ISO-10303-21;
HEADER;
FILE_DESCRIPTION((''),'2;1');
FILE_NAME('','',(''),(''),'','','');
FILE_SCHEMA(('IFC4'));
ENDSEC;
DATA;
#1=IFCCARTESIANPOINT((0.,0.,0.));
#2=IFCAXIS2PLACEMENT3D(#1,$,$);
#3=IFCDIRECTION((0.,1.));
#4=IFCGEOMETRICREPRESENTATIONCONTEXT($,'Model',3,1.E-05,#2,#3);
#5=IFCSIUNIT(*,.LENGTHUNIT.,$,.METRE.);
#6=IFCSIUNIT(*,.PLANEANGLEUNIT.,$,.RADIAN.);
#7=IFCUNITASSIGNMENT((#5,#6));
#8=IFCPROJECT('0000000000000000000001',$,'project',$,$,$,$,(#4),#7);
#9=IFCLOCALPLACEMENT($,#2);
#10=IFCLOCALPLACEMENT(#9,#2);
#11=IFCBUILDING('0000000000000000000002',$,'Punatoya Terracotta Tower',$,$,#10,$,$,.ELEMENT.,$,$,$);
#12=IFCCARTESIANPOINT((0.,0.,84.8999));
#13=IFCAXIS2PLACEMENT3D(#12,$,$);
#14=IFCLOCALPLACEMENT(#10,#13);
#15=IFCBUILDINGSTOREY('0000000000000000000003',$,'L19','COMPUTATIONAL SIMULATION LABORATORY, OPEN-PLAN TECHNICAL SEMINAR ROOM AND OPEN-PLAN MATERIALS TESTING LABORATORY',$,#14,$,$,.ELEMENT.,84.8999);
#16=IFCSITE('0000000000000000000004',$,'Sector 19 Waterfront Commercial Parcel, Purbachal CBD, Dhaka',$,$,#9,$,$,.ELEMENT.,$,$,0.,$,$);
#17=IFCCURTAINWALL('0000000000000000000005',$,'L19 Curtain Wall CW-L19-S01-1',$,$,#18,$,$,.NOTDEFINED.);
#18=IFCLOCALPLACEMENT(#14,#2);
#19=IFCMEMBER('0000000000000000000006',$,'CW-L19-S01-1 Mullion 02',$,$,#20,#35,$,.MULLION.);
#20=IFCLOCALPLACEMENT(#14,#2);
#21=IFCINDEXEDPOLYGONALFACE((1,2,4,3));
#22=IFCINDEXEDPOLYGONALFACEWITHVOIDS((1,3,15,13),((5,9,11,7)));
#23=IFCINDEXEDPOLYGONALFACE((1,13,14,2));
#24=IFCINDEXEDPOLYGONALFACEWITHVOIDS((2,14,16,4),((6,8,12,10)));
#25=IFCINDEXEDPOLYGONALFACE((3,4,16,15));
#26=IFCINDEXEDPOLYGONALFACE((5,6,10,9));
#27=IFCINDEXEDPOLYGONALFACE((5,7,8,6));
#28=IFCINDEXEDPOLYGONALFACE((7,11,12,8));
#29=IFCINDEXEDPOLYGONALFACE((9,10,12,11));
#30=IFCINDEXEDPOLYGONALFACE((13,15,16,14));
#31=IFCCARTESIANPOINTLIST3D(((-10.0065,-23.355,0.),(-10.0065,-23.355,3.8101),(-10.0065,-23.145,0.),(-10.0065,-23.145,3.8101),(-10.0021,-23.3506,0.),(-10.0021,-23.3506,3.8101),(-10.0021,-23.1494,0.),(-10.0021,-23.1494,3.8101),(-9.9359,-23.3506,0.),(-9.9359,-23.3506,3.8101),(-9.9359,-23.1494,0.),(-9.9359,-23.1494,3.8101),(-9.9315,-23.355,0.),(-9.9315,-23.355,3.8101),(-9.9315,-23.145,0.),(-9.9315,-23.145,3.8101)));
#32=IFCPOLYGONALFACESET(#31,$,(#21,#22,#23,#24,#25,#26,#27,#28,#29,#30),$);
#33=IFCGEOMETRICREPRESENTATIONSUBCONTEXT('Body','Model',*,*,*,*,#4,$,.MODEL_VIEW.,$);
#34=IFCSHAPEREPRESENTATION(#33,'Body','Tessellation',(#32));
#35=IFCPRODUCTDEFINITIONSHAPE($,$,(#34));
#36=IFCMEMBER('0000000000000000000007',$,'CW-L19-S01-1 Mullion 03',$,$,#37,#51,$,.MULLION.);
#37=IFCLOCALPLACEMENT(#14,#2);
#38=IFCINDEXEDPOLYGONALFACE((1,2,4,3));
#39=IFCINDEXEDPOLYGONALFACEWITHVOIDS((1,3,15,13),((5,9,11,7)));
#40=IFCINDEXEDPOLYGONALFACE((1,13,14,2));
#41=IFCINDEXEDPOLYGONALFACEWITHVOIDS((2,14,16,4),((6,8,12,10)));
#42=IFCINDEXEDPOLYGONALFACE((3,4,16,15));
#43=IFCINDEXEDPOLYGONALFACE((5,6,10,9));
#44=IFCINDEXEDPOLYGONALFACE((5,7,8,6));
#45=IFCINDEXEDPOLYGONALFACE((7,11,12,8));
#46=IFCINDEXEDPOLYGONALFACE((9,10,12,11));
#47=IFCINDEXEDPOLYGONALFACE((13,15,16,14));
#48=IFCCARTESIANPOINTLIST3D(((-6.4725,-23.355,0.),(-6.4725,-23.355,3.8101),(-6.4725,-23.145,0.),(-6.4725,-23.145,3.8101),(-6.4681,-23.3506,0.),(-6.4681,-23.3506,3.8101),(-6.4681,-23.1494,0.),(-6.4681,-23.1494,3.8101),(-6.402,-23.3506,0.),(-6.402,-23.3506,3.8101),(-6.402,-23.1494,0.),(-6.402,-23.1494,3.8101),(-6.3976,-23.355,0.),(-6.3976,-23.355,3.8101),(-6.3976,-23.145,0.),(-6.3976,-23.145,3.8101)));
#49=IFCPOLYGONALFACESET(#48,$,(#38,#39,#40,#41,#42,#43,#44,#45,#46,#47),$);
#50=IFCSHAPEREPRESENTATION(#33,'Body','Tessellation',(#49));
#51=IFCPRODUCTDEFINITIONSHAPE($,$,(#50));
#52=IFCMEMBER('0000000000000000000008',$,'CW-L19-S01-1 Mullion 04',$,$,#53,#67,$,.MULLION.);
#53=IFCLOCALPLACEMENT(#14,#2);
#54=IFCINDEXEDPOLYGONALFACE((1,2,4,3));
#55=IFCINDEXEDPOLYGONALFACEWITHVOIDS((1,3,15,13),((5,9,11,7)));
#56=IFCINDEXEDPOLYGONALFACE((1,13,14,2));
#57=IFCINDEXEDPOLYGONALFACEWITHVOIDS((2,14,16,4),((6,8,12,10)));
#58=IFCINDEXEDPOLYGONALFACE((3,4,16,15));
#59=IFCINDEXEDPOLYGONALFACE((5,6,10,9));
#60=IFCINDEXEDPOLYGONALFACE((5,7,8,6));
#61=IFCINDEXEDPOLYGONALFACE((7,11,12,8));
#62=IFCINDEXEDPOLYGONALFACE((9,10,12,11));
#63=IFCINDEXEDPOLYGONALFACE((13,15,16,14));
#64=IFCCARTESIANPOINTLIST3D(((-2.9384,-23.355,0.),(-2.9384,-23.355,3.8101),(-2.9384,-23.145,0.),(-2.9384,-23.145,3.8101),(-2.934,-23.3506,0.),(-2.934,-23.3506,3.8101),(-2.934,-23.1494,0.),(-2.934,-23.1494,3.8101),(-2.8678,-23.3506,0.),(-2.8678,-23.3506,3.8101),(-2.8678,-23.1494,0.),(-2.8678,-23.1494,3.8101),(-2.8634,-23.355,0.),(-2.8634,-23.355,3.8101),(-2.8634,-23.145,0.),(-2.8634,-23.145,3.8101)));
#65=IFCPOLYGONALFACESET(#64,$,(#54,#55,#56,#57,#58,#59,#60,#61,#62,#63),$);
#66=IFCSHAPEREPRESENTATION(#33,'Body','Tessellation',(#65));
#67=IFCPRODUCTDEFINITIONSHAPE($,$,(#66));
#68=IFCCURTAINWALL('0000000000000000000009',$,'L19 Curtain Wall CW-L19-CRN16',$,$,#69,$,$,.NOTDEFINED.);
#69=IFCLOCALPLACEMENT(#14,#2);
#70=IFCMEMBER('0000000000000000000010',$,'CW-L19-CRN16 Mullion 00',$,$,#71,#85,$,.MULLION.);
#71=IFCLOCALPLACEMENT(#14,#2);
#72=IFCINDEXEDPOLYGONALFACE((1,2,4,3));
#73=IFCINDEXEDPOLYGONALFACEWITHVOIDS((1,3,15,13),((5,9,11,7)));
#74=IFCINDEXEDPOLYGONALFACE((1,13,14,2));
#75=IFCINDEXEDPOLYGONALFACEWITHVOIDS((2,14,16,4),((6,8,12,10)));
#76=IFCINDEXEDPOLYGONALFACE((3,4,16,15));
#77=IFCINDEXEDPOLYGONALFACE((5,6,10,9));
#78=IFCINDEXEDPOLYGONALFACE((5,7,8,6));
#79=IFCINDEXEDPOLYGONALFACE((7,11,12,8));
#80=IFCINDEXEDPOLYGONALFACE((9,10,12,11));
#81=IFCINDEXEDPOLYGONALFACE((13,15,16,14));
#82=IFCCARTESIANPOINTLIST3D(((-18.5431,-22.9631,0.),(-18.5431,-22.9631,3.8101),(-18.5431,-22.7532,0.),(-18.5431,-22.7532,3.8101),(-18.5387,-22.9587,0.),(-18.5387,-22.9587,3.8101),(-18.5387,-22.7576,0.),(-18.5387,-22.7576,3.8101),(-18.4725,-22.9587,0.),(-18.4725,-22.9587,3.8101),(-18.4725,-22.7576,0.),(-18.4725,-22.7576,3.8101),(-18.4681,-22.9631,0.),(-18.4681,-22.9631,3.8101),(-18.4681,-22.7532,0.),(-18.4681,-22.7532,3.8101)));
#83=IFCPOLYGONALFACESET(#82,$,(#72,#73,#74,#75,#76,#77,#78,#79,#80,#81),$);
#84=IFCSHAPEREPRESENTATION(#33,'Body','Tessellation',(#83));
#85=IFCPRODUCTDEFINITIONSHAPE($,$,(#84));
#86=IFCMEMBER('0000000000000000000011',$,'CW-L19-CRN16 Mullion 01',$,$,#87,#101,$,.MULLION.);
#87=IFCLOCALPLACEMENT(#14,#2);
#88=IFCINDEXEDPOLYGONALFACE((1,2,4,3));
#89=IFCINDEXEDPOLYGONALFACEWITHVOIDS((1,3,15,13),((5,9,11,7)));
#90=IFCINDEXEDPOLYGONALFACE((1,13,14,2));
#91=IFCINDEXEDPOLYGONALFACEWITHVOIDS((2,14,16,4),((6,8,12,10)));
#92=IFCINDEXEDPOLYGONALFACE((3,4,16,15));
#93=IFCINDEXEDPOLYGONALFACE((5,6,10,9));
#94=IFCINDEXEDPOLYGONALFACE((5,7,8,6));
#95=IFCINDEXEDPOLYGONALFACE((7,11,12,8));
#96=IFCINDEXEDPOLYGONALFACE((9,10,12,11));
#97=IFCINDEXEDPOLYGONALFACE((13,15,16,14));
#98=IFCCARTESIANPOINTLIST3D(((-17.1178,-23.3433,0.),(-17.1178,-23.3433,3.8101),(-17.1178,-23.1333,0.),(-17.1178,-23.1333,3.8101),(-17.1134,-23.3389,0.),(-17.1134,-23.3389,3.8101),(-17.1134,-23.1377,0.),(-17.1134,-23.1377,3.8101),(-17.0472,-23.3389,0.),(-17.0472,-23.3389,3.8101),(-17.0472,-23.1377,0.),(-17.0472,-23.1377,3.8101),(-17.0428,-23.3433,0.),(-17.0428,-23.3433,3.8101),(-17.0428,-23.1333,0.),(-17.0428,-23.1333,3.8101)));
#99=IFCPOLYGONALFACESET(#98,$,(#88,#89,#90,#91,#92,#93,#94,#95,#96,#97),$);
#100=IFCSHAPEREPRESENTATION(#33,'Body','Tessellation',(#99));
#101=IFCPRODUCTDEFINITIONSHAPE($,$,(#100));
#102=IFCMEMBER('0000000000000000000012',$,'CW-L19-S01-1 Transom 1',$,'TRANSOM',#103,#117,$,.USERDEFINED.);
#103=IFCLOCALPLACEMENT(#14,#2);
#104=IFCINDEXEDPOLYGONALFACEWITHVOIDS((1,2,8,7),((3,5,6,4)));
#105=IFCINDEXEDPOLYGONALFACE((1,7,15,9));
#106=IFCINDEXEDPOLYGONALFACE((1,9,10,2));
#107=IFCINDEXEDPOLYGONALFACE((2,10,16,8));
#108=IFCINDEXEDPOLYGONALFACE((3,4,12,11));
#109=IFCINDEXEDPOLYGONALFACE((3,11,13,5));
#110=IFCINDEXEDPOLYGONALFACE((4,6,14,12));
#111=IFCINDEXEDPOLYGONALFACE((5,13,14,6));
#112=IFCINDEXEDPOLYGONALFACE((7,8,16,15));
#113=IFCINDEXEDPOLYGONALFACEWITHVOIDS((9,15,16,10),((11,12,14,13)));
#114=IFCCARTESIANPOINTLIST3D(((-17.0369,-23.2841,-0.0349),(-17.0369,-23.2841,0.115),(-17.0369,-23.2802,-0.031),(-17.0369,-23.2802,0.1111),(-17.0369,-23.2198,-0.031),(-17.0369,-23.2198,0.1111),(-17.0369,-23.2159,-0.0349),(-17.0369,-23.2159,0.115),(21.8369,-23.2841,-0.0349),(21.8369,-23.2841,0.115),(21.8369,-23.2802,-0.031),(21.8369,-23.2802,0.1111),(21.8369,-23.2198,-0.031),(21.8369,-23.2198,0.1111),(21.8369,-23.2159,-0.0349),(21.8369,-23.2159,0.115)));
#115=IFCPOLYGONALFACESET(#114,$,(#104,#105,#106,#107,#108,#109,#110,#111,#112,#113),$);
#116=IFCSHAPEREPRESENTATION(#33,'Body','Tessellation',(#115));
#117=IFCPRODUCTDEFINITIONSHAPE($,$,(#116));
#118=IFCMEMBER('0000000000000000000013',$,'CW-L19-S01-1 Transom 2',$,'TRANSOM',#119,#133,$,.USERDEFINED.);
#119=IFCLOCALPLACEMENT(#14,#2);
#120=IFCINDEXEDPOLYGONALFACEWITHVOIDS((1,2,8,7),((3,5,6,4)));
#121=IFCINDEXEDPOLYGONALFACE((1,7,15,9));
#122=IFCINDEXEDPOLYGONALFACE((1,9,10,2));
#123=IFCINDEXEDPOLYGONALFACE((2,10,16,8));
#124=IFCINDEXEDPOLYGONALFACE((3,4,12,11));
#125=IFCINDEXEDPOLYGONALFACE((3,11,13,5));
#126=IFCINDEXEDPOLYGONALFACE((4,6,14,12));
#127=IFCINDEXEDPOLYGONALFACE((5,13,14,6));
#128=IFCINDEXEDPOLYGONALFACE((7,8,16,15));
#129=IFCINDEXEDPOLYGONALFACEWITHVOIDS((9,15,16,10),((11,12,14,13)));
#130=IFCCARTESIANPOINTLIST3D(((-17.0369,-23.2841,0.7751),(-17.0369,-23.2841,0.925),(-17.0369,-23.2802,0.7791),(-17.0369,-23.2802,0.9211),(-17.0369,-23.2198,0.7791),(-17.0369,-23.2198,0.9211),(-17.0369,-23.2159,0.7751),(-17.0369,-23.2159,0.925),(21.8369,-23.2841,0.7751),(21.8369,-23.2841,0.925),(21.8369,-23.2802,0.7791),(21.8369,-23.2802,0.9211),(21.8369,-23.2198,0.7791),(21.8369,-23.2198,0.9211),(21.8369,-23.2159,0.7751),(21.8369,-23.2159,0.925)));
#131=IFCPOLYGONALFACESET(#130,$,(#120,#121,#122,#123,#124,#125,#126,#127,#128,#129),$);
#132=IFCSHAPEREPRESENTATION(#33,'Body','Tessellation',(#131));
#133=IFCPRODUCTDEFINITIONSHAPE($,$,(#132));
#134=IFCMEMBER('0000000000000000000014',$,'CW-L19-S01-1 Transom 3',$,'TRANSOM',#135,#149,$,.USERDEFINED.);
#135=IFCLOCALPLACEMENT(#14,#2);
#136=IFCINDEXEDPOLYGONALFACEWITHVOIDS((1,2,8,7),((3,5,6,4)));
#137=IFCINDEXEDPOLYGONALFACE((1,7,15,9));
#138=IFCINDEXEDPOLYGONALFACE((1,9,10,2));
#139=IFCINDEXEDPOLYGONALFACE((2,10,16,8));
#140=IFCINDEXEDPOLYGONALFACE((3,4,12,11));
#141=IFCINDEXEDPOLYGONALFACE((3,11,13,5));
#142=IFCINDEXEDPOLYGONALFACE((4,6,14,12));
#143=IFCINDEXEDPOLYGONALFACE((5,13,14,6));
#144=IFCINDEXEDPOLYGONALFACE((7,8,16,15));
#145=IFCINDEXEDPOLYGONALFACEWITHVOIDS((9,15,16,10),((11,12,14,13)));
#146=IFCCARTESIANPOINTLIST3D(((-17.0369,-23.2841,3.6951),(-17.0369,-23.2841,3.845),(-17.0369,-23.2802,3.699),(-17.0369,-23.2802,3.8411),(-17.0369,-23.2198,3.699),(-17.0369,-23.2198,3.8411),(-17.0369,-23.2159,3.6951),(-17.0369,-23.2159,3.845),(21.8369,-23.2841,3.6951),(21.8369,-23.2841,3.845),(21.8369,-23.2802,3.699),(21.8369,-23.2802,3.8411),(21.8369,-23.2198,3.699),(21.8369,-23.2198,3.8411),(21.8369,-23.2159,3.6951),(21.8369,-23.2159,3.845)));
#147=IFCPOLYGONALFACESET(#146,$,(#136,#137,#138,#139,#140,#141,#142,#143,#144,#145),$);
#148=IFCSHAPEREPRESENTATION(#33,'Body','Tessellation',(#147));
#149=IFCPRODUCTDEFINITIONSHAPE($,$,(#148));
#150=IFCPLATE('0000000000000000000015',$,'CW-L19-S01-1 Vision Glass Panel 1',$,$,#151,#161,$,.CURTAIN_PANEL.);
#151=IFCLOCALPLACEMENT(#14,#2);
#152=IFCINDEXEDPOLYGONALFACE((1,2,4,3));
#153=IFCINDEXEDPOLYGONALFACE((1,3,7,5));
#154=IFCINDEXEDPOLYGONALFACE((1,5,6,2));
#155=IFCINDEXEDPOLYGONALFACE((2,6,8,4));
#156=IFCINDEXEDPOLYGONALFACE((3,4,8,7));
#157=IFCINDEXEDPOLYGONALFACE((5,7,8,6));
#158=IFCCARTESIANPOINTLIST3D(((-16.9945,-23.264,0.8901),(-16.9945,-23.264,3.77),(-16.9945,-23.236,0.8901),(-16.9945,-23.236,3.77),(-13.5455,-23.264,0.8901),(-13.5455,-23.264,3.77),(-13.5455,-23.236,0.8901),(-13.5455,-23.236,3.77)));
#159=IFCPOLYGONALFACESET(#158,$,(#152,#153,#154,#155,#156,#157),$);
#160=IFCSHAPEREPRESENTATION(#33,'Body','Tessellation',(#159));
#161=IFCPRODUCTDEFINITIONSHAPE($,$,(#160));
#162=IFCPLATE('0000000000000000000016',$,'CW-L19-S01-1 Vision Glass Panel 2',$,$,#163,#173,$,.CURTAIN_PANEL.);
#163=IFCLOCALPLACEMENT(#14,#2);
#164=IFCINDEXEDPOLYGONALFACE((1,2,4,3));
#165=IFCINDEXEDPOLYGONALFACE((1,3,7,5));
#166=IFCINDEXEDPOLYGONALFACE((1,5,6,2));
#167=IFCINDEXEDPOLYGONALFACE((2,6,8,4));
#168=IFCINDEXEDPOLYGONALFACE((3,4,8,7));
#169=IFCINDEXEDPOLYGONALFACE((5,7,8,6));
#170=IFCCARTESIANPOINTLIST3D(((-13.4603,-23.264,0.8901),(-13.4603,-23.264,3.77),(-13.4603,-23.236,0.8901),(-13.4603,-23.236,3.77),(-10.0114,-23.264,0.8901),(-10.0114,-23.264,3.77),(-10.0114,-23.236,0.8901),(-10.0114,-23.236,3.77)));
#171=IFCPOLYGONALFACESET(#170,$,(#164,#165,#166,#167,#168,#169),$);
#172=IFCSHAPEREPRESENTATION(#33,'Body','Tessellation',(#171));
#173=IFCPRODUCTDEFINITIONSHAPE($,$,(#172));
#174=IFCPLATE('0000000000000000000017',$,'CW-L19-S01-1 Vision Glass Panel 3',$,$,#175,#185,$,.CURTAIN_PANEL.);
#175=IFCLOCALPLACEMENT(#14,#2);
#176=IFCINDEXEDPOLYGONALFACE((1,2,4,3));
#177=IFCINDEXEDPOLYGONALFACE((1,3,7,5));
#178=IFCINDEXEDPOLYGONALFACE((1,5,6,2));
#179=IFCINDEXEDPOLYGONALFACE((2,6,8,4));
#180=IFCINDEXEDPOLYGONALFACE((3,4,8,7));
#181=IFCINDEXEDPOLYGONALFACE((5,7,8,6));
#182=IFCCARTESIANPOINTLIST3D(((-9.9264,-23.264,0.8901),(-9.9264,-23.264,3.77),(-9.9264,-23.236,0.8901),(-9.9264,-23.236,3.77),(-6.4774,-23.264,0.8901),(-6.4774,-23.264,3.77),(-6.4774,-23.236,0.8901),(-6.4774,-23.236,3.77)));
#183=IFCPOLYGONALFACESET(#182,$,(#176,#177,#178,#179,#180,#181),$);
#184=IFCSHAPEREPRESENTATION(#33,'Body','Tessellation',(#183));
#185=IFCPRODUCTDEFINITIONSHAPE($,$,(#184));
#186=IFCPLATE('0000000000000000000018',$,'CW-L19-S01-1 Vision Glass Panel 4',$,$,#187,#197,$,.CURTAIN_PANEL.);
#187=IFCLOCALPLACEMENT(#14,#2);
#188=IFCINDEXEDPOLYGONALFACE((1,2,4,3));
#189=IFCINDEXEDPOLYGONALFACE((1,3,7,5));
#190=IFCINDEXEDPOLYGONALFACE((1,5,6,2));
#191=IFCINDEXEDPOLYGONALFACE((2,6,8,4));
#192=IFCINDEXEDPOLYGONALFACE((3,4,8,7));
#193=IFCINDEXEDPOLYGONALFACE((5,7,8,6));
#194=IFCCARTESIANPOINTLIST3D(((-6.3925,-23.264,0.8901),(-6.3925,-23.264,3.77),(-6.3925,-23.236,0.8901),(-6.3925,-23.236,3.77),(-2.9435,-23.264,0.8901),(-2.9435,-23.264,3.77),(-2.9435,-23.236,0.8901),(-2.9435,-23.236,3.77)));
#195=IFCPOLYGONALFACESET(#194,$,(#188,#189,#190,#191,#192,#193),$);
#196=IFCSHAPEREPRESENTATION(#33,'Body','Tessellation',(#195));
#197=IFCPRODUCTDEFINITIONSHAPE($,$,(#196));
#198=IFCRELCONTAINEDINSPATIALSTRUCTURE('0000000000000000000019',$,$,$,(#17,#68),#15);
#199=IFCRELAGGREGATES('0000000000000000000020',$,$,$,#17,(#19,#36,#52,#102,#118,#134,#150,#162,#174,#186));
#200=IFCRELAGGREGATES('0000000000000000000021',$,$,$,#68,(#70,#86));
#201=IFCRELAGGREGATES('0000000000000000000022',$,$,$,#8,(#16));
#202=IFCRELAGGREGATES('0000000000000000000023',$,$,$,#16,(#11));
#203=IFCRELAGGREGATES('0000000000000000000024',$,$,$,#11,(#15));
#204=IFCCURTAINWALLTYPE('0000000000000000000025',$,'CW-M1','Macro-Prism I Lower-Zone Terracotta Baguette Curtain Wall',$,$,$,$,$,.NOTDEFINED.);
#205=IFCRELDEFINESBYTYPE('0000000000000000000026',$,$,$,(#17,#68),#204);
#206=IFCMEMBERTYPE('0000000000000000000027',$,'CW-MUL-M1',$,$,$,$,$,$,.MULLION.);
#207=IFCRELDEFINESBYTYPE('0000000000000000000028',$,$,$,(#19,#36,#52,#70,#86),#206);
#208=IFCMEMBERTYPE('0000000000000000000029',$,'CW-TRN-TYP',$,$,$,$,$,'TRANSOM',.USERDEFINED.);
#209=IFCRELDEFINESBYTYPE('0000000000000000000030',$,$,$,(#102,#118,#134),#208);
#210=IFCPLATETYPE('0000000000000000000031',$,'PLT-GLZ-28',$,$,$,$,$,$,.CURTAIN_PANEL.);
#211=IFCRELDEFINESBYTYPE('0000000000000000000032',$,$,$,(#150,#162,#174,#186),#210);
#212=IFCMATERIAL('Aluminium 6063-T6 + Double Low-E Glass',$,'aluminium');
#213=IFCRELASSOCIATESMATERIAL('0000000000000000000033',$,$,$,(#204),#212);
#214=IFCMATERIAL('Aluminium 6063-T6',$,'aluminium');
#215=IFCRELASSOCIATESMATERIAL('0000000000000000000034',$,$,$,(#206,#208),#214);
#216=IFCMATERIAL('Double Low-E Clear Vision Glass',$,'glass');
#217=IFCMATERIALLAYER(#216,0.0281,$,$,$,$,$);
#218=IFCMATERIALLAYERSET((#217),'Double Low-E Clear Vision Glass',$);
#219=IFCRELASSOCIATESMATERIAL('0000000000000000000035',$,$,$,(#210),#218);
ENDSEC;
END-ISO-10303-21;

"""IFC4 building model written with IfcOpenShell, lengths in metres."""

from ifc_helpers import new_model, si_unit, direction, frame, origin, origin_2d, place, context, subcontext, project, spatial, rectangle, hollow_rectangle, extrude, material, layer, layer_set, material_profile, profile_set, type_object, element, aggregate, save


model = new_model("IFC4")

# Units and contexts
model_context = context("Model", 3, precision=1e-05, world=origin(), true_north=direction((0.0, 1.0)))
body_context = subcontext(model_context, "Body", "Model", "MODEL_VIEW")
ifc_project = project(units=[si_unit("LENGTHUNIT", "METRE"), si_unit("PLANEANGLEUNIT", "RADIAN")], contexts=[model_context])

# Site, building, storey
site_placement = place(None, origin())
site = spatial("IfcSite", under=ifc_project, at=site_placement, Name="Sector 19 Waterfront Commercial Parcel, Purbachal CBD, Dhaka", CompositionType="ELEMENT", RefElevation=0.0)
building_placement = place(site_placement, origin())
building = spatial("IfcBuilding", under=site, at=building_placement, Name="Punatoya Terracotta Tower", CompositionType="ELEMENT")
storey_placement = place(building_placement, frame((0.0, 0.0, 84.8999)))
storey = spatial("IfcBuildingStorey", under=building, at=storey_placement, Name="L19", Description="COMPUTATIONAL SIMULATION LABORATORY, OPEN-PLAN TECHNICAL SEMINAR ROOM AND OPEN-PLAN MATERIALS TESTING LABORATORY", CompositionType="ELEMENT", Elevation=84.8999)

# Curtain walls, members
ifc_material_1 = material(Name="Aluminium 6063-T6 + Double Low-E Glass", Category="aluminium")
curtain_wall_type = type_object("IfcCurtainWallType", Name="CW-M1", Description="Macro-Prism I Lower-Zone Terracotta Baguette Curtain Wall", PredefinedType="NOTDEFINED", material=ifc_material_1)
curtain_wall_1_placement = place(storey_placement, origin())
curtain_wall_1 = element("IfcCurtainWall", 1, at=curtain_wall_1_placement, inside=storey, type_object=curtain_wall_type, Name="L19 Curtain Wall CW-L19-S01-1", PredefinedType="NOTDEFINED")
ifc_material_2 = material(Name="Aluminium 6063-T6", Category="aluminium")
ifc_material_profile_1 = material_profile(ifc_material_2, hollow_rectangle(XDim=0.075, YDim=0.21, WallThickness=0.0044, at=origin_2d()))
ifc_profile_set_1 = profile_set([ifc_material_profile_1], Name="Aluminium 6063-T6")
member_type_1 = type_object("IfcMemberType", Name="CW-MUL-M1", PredefinedType="MULLION", material=ifc_profile_set_1)
member_1_placement = place(storey_placement, frame((-9.969, -23.25, 0.0), z_axis=(0.0, 0.0, 1.0), x_axis=(1.0, 0.0, 0.0)))
member_1 = element("IfcMember", 2, at=member_1_placement, type_object=member_type_1, Name="CW-L19-S01-1 Mullion 02", PredefinedType="MULLION", context=body_context, shape_type="SweptSolid", body=[
    extrude(hollow_rectangle(XDim=0.075, YDim=0.21, WallThickness=0.0044, at=origin_2d()), origin(), (0.0, 0.0, 1.0), 3.8101),
])
member_2_placement = place(storey_placement, frame((-6.4351, -23.25, 0.0), z_axis=(0.0, 0.0, 1.0), x_axis=(1.0, 0.0, 0.0)))
member_2 = element("IfcMember", 3, at=member_2_placement, type_object=member_type_1, Name="CW-L19-S01-1 Mullion 03", PredefinedType="MULLION", context=body_context, shape_type="SweptSolid", body=[
    extrude(hollow_rectangle(XDim=0.075, YDim=0.21, WallThickness=0.0044, at=origin_2d()), origin(), (0.0, 0.0, 1.0), 3.8101),
])
member_3_placement = place(storey_placement, frame((-2.9009, -23.25, 0.0), z_axis=(0.0, 0.0, 1.0), x_axis=(1.0, 0.0, 0.0)))
member_3 = element("IfcMember", 4, at=member_3_placement, type_object=member_type_1, Name="CW-L19-S01-1 Mullion 04", PredefinedType="MULLION", context=body_context, shape_type="SweptSolid", body=[
    extrude(hollow_rectangle(XDim=0.075, YDim=0.21, WallThickness=0.0044, at=origin_2d()), origin(), (0.0, 0.0, 1.0), 3.8101),
])
curtain_wall_2_placement = place(storey_placement, origin())
curtain_wall_2 = element("IfcCurtainWall", 5, at=curtain_wall_2_placement, inside=storey, type_object=curtain_wall_type, Name="L19 Curtain Wall CW-L19-CRN16", PredefinedType="NOTDEFINED")
member_4_placement = place(storey_placement, frame((-18.5056, -22.8582, 0.0), z_axis=(0.0, 0.0, 1.0), x_axis=(1.0, 0.0, 0.0)))
member_4 = element("IfcMember", 6, at=member_4_placement, type_object=member_type_1, Name="CW-L19-CRN16 Mullion 00", PredefinedType="MULLION", context=body_context, shape_type="SweptSolid", body=[
    extrude(hollow_rectangle(XDim=0.075, YDim=0.21, WallThickness=0.0044, at=origin_2d()), origin(), (0.0, 0.0, 1.0), 3.8101),
])
member_5_placement = place(storey_placement, frame((-17.0803, -23.2383, 0.0), z_axis=(0.0, 0.0, 1.0), x_axis=(1.0, 0.0, 0.0)))
member_5 = element("IfcMember", 7, at=member_5_placement, type_object=member_type_1, Name="CW-L19-CRN16 Mullion 01", PredefinedType="MULLION", context=body_context, shape_type="SweptSolid", body=[
    extrude(hollow_rectangle(XDim=0.075, YDim=0.21, WallThickness=0.0044, at=origin_2d()), origin(), (0.0, 0.0, 1.0), 3.8101),
])

# Members
ifc_material_profile_2 = material_profile(ifc_material_2, hollow_rectangle(XDim=0.0681, YDim=0.1499, WallThickness=0.0039, at=origin_2d()))
ifc_profile_set_2 = profile_set([ifc_material_profile_2], Name="Aluminium 6063-T6")
member_type_2 = type_object("IfcMemberType", Name="CW-TRN-TYP", ElementType="TRANSOM", PredefinedType="USERDEFINED", material=ifc_profile_set_2)
member_6_placement = place(storey_placement, frame((-17.0369, -23.25, 0.04), z_axis=(1.0, 0.0, 0.0), x_axis=(0.0, 1.0, 0.0)))
member_6 = element("IfcMember", 8, at=member_6_placement, type_object=member_type_2, Name="CW-L19-S01-1 Transom 1", ObjectType="TRANSOM", PredefinedType="USERDEFINED", context=body_context, shape_type="SweptSolid", body=[
    extrude(hollow_rectangle(XDim=0.0681, YDim=0.1499, WallThickness=0.0039, at=origin_2d()), origin(), (0.0, 0.0, 1.0), 38.8738),
])
member_7_placement = place(storey_placement, frame((-17.0369, -23.25, 0.8501), z_axis=(1.0, 0.0, 0.0), x_axis=(0.0, 1.0, 0.0)))
member_7 = element("IfcMember", 9, at=member_7_placement, type_object=member_type_2, Name="CW-L19-S01-1 Transom 2", ObjectType="TRANSOM", PredefinedType="USERDEFINED", context=body_context, shape_type="SweptSolid", body=[
    extrude(hollow_rectangle(XDim=0.0681, YDim=0.1499, WallThickness=0.0039, at=origin_2d()), origin(), (0.0, 0.0, 1.0), 38.8738),
])
member_8_placement = place(storey_placement, frame((-17.0369, -23.25, 3.77), z_axis=(1.0, 0.0, 0.0), x_axis=(0.0, 1.0, 0.0)))
member_8 = element("IfcMember", 10, at=member_8_placement, type_object=member_type_2, Name="CW-L19-S01-1 Transom 3", ObjectType="TRANSOM", PredefinedType="USERDEFINED", context=body_context, shape_type="SweptSolid", body=[
    extrude(hollow_rectangle(XDim=0.0681, YDim=0.1499, WallThickness=0.0039, at=origin_2d()), origin(), (0.0, 0.0, 1.0), 38.8738),
])

# Plates
ifc_material_3 = material(Name="Double Low-E Clear Vision Glass", Category="glass")
ifc_layer_1 = layer(ifc_material_3, 0.0281)
ifc_layer_set_1 = layer_set([ifc_layer_1], Name="Double Low-E Clear Vision Glass")
plate_type_1 = type_object("IfcPlateType", Name="PLT-GLZ-28", PredefinedType="CURTAIN_PANEL", material=ifc_layer_set_1)
plate_1_placement = place(storey_placement, frame((-15.27, -23.25, 0.8901), z_axis=(0.0, 0.0, 1.0), x_axis=(1.0, 0.0, 0.0)))
plate_1 = element("IfcPlate", 11, at=plate_1_placement, type_object=plate_type_1, Name="CW-L19-S01-1 Vision Glass Panel 1", PredefinedType="CURTAIN_PANEL", context=body_context, shape_type="SweptSolid", body=[
    extrude(rectangle(XDim=3.449, YDim=0.0281, at=origin_2d()), origin(), (0.0, 0.0, 1.0), 2.8799),
])
plate_2_placement = place(storey_placement, frame((-11.7358, -23.25, 0.8901), z_axis=(0.0, 0.0, 1.0), x_axis=(1.0, 0.0, 0.0)))
plate_2 = element("IfcPlate", 12, at=plate_2_placement, type_object=plate_type_1, Name="CW-L19-S01-1 Vision Glass Panel 2", PredefinedType="CURTAIN_PANEL", context=body_context, shape_type="SweptSolid", body=[
    extrude(rectangle(XDim=3.449, YDim=0.0281, at=origin_2d()), origin(), (0.0, 0.0, 1.0), 2.8799),
])
plate_3_placement = place(storey_placement, frame((-8.2019, -23.25, 0.8901), z_axis=(0.0, 0.0, 1.0), x_axis=(1.0, 0.0, 0.0)))
plate_3 = element("IfcPlate", 13, at=plate_3_placement, type_object=plate_type_1, Name="CW-L19-S01-1 Vision Glass Panel 3", PredefinedType="CURTAIN_PANEL", context=body_context, shape_type="SweptSolid", body=[
    extrude(rectangle(XDim=3.449, YDim=0.0281, at=origin_2d()), origin(), (0.0, 0.0, 1.0), 2.8799),
])
plate_4_placement = place(storey_placement, frame((-4.668, -23.25, 0.8901), z_axis=(0.0, 0.0, 1.0), x_axis=(1.0, 0.0, 0.0)))
plate_4 = element("IfcPlate", 14, at=plate_4_placement, type_object=plate_type_1, Name="CW-L19-S01-1 Vision Glass Panel 4", PredefinedType="CURTAIN_PANEL", context=body_context, shape_type="SweptSolid", body=[
    extrude(rectangle(XDim=3.449, YDim=0.0281, at=origin_2d()), origin(), (0.0, 0.0, 1.0), 2.8799),
])
aggregate(curtain_wall_1, [member_1, member_2, member_3, member_6, member_7, member_8, plate_1, plate_2, plate_3, plate_4])
aggregate(curtain_wall_2, [member_4, member_5])

save(model, "model.ifc")
